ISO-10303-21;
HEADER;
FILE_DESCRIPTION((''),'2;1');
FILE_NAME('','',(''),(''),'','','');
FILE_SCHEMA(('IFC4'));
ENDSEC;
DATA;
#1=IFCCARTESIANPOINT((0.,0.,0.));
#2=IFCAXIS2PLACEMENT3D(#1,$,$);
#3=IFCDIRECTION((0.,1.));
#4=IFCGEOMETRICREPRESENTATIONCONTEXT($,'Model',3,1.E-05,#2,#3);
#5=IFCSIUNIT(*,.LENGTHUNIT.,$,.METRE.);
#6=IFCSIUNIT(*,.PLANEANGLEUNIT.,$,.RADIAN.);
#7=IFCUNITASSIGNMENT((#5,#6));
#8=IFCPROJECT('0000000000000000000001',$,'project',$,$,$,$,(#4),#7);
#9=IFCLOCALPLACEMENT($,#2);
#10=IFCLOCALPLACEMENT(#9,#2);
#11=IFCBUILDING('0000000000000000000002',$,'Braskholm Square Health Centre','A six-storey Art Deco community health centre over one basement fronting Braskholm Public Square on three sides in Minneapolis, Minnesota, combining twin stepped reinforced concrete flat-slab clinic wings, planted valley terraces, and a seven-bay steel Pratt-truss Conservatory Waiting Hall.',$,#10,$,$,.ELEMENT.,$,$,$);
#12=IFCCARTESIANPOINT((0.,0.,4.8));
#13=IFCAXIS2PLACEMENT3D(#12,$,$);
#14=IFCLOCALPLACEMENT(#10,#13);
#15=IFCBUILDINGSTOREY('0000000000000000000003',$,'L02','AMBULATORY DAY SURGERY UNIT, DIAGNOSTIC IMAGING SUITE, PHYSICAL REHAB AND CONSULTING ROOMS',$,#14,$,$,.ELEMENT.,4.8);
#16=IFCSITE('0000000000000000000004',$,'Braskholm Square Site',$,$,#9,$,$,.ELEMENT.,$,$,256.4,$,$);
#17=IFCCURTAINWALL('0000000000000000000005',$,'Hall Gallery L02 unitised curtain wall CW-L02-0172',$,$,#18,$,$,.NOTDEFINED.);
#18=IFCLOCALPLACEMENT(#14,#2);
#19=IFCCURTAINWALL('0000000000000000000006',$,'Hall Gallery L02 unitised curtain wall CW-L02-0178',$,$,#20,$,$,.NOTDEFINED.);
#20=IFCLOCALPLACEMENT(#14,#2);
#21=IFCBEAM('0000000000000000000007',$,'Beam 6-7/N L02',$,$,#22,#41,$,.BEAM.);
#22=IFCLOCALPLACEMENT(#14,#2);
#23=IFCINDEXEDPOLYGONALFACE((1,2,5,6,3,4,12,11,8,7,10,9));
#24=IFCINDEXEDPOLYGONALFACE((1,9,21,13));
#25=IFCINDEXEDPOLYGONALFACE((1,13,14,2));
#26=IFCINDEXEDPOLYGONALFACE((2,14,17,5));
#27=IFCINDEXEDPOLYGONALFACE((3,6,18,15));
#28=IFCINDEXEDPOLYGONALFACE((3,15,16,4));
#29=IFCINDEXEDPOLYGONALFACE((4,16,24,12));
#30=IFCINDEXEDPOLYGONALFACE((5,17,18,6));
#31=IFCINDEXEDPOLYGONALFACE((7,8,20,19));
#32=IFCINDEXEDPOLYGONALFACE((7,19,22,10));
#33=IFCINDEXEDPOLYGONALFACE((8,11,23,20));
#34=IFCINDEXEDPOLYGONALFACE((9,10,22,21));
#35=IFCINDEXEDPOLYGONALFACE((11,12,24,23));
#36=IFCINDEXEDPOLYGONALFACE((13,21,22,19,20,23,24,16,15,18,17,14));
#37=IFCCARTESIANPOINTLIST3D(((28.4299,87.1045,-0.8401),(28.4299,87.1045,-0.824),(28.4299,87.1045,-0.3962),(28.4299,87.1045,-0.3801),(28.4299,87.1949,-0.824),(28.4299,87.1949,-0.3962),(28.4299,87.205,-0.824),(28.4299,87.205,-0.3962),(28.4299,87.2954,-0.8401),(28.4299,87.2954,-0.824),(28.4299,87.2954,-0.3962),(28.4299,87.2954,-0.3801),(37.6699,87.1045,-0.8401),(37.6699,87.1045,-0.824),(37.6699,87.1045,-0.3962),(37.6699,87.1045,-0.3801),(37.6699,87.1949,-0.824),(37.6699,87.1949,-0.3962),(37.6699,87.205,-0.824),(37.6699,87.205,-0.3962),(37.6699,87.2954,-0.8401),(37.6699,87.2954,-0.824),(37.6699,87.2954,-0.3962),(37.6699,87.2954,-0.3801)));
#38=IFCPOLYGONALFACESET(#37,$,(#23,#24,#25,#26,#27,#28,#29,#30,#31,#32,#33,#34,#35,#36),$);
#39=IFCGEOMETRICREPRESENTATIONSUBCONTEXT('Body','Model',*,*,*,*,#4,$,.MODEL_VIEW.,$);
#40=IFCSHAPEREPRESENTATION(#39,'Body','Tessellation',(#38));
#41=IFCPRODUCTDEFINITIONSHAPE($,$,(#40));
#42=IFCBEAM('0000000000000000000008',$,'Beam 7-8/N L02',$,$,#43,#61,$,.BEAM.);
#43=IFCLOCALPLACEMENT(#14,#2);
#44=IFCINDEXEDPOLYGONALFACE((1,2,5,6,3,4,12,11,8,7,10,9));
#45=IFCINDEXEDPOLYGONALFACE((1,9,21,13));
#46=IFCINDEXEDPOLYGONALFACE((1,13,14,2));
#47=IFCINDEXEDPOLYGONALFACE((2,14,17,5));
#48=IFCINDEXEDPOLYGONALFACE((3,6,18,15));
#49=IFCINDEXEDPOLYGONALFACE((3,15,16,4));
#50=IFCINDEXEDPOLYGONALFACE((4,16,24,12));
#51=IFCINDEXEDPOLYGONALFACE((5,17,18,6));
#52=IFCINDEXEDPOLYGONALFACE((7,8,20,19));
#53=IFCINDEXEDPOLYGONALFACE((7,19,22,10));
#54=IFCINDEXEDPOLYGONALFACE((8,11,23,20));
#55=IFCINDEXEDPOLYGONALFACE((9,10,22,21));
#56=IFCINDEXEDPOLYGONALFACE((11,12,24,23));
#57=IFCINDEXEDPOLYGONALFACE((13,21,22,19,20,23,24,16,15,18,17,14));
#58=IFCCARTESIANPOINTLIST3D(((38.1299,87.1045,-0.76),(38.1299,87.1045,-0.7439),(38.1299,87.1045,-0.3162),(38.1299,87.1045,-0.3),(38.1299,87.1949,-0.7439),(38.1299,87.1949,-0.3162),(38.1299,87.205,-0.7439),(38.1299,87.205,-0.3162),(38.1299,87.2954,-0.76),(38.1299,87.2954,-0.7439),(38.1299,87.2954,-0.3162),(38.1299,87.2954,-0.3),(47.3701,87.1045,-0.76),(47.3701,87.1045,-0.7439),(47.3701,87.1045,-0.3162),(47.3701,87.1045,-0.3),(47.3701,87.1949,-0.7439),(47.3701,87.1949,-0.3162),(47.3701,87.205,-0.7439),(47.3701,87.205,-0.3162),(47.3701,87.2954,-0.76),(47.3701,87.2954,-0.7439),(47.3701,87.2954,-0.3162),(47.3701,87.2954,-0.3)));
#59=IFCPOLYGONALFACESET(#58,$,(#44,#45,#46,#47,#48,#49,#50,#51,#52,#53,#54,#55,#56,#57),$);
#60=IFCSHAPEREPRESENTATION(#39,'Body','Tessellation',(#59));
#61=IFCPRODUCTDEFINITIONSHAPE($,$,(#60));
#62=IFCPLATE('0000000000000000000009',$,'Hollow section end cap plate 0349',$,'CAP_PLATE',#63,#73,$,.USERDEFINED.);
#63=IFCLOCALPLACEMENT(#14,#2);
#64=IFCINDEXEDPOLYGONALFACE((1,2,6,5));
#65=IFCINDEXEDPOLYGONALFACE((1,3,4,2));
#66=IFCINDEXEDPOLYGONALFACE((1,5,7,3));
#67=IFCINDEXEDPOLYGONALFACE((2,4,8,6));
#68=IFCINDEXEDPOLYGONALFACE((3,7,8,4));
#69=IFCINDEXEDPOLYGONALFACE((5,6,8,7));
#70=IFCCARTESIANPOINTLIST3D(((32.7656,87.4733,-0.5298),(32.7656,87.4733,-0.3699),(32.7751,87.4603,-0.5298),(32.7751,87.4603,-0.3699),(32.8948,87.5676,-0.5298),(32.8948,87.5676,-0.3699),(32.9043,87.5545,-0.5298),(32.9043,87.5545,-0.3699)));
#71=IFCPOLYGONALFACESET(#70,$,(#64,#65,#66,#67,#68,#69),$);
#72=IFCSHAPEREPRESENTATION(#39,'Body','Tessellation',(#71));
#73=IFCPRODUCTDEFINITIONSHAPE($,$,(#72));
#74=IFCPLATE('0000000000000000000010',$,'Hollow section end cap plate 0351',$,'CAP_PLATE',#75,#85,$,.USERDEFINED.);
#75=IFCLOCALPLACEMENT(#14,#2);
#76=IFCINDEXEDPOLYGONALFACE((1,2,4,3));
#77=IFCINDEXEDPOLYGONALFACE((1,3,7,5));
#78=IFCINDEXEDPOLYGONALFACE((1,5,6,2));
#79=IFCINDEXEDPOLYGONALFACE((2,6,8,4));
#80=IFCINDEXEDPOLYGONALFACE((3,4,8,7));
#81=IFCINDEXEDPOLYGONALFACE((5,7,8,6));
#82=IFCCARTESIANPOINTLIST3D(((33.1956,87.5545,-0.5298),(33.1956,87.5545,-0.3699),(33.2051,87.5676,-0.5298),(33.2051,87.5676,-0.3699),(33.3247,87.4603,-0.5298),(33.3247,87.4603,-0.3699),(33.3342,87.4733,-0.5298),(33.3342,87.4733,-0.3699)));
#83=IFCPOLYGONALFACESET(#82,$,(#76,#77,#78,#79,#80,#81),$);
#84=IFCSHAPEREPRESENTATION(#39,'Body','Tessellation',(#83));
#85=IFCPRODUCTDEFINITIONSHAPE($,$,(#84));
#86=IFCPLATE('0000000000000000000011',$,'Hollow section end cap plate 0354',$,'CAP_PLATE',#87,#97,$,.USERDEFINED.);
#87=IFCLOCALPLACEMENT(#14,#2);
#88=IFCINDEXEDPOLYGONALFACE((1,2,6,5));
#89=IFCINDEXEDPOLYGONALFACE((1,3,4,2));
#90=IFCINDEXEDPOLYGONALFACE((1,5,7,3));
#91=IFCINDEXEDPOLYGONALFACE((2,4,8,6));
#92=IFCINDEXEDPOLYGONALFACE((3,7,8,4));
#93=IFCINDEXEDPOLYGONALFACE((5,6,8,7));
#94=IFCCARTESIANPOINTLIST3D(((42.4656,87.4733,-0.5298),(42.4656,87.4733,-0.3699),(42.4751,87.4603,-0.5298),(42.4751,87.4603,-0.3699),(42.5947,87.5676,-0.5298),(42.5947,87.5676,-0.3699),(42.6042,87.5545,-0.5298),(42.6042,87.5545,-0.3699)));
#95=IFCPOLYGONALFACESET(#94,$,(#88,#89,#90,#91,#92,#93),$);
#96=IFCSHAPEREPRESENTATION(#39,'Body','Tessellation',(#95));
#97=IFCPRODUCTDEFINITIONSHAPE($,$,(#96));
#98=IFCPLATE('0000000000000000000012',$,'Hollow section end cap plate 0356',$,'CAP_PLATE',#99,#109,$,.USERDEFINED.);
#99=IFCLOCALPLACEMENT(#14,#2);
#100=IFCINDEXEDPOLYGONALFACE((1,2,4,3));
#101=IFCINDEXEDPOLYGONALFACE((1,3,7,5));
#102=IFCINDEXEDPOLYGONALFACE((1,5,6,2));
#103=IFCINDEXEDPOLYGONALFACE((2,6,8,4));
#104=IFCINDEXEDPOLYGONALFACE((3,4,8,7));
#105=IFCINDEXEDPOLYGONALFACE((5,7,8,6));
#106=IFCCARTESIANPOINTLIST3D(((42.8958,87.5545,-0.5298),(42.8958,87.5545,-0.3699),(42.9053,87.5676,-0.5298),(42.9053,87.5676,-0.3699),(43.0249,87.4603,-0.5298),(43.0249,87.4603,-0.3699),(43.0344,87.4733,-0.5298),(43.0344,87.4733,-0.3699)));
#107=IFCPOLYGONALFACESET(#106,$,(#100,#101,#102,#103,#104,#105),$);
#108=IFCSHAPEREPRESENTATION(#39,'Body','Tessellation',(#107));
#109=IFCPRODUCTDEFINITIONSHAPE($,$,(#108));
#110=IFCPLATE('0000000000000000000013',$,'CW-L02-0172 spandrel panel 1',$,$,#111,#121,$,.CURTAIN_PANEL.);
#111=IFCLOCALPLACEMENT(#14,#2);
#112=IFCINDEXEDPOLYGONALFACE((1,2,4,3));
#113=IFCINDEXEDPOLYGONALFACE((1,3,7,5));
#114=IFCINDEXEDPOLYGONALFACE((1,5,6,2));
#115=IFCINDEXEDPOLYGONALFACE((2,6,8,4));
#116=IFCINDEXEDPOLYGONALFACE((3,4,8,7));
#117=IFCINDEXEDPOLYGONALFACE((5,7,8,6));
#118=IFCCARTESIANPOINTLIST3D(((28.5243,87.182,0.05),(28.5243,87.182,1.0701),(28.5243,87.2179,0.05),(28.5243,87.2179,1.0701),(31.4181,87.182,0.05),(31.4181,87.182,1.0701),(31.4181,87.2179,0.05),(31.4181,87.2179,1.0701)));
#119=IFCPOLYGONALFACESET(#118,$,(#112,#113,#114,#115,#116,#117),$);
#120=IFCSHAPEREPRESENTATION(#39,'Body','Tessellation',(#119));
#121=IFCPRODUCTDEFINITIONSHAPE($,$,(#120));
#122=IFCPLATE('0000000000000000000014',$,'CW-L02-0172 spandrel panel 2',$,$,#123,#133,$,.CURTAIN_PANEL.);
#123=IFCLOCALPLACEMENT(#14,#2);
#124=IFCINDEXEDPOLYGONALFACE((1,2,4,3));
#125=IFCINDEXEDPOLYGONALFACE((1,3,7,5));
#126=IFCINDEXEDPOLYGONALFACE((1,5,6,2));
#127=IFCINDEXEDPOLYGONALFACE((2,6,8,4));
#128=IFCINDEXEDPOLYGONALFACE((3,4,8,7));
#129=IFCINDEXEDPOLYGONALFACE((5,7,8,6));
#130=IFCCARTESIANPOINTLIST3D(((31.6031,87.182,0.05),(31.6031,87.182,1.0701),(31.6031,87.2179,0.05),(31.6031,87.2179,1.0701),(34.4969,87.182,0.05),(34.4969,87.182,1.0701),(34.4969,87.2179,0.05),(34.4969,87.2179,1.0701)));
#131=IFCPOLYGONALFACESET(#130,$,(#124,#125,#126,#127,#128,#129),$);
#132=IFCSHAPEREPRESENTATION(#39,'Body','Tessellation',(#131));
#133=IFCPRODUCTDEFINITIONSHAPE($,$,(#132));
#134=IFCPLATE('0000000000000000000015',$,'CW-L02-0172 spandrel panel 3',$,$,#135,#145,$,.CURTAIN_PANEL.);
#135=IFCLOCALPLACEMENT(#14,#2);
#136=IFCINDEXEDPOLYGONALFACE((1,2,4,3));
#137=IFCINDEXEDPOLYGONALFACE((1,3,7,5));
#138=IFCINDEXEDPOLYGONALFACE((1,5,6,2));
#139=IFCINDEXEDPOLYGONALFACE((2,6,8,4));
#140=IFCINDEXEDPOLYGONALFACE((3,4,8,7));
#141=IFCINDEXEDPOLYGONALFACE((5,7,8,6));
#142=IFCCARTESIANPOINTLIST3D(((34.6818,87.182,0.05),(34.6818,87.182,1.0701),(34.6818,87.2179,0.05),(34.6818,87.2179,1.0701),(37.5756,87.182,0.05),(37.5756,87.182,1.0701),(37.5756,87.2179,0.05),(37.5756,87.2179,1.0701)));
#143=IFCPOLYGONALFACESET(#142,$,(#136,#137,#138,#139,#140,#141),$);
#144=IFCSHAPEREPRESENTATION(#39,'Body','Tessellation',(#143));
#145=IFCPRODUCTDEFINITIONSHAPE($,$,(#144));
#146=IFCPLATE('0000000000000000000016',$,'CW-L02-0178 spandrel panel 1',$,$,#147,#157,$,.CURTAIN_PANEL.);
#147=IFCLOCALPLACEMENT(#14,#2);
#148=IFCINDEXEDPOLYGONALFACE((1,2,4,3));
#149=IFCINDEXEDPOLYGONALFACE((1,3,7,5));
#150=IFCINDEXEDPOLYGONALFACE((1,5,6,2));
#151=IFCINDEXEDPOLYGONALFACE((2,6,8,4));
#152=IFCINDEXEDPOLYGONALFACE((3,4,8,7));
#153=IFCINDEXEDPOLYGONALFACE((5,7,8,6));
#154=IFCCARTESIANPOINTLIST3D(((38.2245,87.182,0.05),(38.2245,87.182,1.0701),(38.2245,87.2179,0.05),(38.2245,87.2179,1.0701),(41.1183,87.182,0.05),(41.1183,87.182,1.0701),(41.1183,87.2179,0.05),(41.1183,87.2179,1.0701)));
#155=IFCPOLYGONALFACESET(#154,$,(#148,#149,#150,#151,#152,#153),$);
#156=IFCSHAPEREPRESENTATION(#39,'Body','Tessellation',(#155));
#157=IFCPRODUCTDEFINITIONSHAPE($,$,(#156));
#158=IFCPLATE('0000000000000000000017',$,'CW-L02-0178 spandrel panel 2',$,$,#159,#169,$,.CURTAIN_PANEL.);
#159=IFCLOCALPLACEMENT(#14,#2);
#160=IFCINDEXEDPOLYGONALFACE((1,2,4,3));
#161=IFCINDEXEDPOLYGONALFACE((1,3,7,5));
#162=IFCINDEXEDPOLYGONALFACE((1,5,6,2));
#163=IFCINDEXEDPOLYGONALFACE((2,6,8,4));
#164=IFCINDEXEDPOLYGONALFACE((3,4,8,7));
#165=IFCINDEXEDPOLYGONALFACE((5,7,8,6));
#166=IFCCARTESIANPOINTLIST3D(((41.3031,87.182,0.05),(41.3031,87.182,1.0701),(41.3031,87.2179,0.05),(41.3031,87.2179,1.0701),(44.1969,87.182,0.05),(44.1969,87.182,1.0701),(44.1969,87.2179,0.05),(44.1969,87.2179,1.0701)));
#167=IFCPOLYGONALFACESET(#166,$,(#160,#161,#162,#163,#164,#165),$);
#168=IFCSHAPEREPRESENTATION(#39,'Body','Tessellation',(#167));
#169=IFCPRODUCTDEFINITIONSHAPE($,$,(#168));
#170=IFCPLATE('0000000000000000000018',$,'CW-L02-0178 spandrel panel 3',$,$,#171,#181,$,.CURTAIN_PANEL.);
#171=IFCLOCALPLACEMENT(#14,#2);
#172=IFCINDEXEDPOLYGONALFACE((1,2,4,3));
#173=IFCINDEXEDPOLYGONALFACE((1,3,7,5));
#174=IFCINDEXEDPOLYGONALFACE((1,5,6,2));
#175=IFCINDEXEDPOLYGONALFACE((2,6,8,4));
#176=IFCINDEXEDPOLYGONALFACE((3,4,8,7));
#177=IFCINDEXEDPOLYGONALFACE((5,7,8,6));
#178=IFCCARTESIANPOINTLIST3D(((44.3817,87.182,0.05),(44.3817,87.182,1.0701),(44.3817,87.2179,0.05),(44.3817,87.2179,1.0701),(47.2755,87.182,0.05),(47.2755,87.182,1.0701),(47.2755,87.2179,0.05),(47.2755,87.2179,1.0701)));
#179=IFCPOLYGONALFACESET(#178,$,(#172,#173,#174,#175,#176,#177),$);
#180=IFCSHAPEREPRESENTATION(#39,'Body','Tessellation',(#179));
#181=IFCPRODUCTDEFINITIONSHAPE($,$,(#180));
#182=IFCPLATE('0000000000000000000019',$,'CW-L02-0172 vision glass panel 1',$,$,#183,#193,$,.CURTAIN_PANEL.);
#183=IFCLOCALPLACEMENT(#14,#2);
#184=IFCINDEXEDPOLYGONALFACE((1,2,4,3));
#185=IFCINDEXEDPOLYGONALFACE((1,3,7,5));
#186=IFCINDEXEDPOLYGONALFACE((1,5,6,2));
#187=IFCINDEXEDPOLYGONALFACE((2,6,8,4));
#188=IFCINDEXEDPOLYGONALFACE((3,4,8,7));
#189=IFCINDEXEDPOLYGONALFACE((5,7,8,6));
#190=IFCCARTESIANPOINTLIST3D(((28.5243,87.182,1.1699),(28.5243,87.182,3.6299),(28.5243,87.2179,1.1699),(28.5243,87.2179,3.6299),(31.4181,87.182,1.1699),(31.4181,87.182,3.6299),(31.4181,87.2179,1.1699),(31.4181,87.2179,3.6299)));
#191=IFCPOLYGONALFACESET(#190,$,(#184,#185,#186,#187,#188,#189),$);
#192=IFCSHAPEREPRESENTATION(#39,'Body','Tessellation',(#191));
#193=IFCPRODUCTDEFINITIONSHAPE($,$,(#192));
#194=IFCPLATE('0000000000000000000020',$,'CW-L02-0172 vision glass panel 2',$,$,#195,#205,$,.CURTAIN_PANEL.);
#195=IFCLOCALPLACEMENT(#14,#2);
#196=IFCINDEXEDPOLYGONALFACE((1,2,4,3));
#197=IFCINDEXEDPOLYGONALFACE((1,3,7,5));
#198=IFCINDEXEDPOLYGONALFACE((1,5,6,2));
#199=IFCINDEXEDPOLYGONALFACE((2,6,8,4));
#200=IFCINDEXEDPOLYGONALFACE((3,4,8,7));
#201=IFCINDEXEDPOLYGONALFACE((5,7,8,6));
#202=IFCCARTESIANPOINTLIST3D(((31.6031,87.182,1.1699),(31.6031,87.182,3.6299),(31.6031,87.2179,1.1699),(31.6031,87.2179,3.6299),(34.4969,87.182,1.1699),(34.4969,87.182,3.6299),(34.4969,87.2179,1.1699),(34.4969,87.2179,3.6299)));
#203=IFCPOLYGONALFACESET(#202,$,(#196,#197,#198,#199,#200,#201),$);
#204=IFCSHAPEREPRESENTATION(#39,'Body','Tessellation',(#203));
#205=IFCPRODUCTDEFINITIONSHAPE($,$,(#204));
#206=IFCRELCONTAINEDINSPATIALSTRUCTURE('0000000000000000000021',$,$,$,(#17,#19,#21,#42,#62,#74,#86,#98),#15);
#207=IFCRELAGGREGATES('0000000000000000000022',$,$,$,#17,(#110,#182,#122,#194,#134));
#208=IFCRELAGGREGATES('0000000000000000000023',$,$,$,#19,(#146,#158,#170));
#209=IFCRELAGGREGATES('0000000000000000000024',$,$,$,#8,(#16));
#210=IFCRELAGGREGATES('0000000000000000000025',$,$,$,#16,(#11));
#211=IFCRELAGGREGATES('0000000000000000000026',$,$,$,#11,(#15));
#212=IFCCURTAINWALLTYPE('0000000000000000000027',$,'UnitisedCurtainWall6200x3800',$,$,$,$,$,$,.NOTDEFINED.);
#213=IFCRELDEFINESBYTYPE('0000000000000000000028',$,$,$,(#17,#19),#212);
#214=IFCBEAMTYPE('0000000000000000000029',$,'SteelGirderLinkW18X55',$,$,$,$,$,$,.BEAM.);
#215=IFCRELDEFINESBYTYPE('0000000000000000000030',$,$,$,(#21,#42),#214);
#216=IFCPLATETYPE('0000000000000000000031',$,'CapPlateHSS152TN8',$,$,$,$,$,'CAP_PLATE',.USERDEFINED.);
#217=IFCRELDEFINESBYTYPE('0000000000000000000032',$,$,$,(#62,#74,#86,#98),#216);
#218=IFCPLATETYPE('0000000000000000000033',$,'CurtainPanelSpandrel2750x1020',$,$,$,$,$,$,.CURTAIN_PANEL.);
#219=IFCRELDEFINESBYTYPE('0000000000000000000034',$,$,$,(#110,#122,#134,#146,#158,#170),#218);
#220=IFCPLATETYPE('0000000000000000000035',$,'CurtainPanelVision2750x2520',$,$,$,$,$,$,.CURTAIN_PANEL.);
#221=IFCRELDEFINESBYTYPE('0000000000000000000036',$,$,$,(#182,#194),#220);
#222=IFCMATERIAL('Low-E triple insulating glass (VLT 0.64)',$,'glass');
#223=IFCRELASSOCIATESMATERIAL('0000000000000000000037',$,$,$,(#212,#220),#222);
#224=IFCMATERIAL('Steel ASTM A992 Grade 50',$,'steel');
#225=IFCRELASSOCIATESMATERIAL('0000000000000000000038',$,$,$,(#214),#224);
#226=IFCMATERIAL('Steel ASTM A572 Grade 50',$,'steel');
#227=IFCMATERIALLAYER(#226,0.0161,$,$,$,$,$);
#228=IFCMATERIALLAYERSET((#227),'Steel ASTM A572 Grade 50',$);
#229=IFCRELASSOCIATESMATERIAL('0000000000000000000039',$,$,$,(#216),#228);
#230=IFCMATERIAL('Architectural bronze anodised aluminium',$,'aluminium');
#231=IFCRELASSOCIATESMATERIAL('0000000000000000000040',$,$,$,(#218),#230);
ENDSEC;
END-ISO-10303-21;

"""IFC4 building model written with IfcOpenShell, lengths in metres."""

from ifc_helpers import new_model, si_unit, direction, frame, origin, origin_2d, place, context, subcontext, project, spatial, rectangle, i_section, extrude, material, layer, layer_set, material_profile, profile_set, type_object, element, aggregate, save


model = new_model("IFC4")

# Units and contexts
model_context = context("Model", 3, precision=1e-05, world=origin(), true_north=direction((0.0, 1.0)))
body_context = subcontext(model_context, "Body", "Model", "MODEL_VIEW")
ifc_project = project(units=[si_unit("LENGTHUNIT", "METRE"), si_unit("PLANEANGLEUNIT", "RADIAN")], contexts=[model_context])

# Site, building, storey
site_placement = place(None, origin())
site = spatial("IfcSite", under=ifc_project, at=site_placement, Name="Braskholm Square Site", CompositionType="ELEMENT", RefElevation=256.4)
building_placement = place(site_placement, origin())
building = spatial("IfcBuilding", under=site, at=building_placement, Name="Braskholm Square Health Centre", Description="A six-storey Art Deco community health centre over one basement fronting Braskholm Public Square on three sides in Minneapolis, Minnesota, combining twin stepped reinforced concrete flat-slab clinic wings, planted valley terraces, and a seven-bay steel Pratt-truss Conservatory Waiting Hall.", CompositionType="ELEMENT")
storey_placement = place(building_placement, frame((0.0, 0.0, 4.8)))
storey = spatial("IfcBuildingStorey", under=building, at=storey_placement, Name="L02", Description="AMBULATORY DAY SURGERY UNIT, DIAGNOSTIC IMAGING SUITE, PHYSICAL REHAB AND CONSULTING ROOMS", CompositionType="ELEMENT", Elevation=4.8)

# Curtain walls
ifc_material_1 = material(Name="Low-E triple insulating glass (VLT 0.64)", Category="glass")
curtain_wall_type = type_object("IfcCurtainWallType", Name="UnitisedCurtainWall6200x3800", PredefinedType="NOTDEFINED", material=ifc_material_1)
curtain_wall_1_placement = place(storey_placement, origin())
curtain_wall_1 = element("IfcCurtainWall", 1, at=curtain_wall_1_placement, inside=storey, type_object=curtain_wall_type, Name="Hall Gallery L02 unitised curtain wall CW-L02-0172", PredefinedType="NOTDEFINED")
ifc_material_2 = material(Name="Architectural bronze anodised aluminium", Category="aluminium")
curtain_wall_2_placement = place(storey_placement, origin())
curtain_wall_2 = element("IfcCurtainWall", 2, at=curtain_wall_2_placement, inside=storey, type_object=curtain_wall_type, Name="Hall Gallery L02 unitised curtain wall CW-L02-0178", PredefinedType="NOTDEFINED")

# Beams
ifc_material_3 = material(Name="Steel ASTM A992 Grade 50", Category="steel")
ifc_material_profile_1 = material_profile(ifc_material_3, i_section(OverallWidth=0.1909, OverallDepth=0.46, WebThickness=0.01, FlangeThickness=0.0161, at=origin_2d()), Name="W18X55")
ifc_profile_set_1 = profile_set([ifc_material_profile_1], Name="Steel ASTM A992 Grade 50")
beam_type_1 = type_object("IfcBeamType", Name="SteelGirderLinkW18X55", PredefinedType="BEAM", material=ifc_profile_set_1)
beam_1_placement = place(storey_placement, frame((28.4299, 87.2, -0.6101), z_axis=(1.0, 0.0, 0.0), x_axis=(0.0, 1.0, 0.0)))
element("IfcBeam", 3, at=beam_1_placement, inside=storey, type_object=beam_type_1, Name="Beam 6-7/N L02", PredefinedType="BEAM", context=body_context, shape_type="SweptSolid", body=[
    extrude(i_section(OverallWidth=0.1909, OverallDepth=0.46, WebThickness=0.01, FlangeThickness=0.0161, at=origin_2d()), origin(), (0.0, 0.0, 1.0), 9.24),
])
beam_2_placement = place(storey_placement, frame((38.1299, 87.2, -0.53), z_axis=(1.0, 0.0, 0.0), x_axis=(0.0, 1.0, 0.0)))
element("IfcBeam", 4, at=beam_2_placement, inside=storey, type_object=beam_type_1, Name="Beam 7-8/N L02", PredefinedType="BEAM", context=body_context, shape_type="SweptSolid", body=[
    extrude(i_section(OverallWidth=0.1909, OverallDepth=0.46, WebThickness=0.01, FlangeThickness=0.0161, at=origin_2d()), origin(), (0.0, 0.0, 1.0), 9.2402),
])

# Plates
ifc_material_4 = material(Name="Steel ASTM A572 Grade 50", Category="steel")
ifc_layer_1 = layer(ifc_material_4, 0.0161)
ifc_layer_set_1 = layer_set([ifc_layer_1], Name="Steel ASTM A572 Grade 50")
plate_type_1 = type_object("IfcPlateType", Name="CapPlateHSS152TN8", ElementType="CAP_PLATE", PredefinedType="USERDEFINED", material=ifc_layer_set_1)
for number, where, z_axis, x_axis, name in (
    (5, (32.835, 87.5139, -0.5298), (0.0, 0.0, 1.0), (0.589535, -0.807743, 0.0), "Hollow section end cap plate 0349"),
    (6, (33.2649, 87.5139, -0.5298), (0.0, 0.0, 1.0), (-0.589535, -0.807743, 0.0), "Hollow section end cap plate 0351"),
    (7, (42.5349, 87.5139, -0.5298), (0.0, 0.0, 1.0), (0.589535, -0.807743, 0.0), "Hollow section end cap plate 0354"),
    (8, (42.9651, 87.5139, -0.5298), (0.0, 0.0, 1.0), (-0.589535, -0.807743, 0.0), "Hollow section end cap plate 0356"),
):
    element("IfcPlate", number, at=place(storey_placement, frame(where, z_axis=z_axis, x_axis=x_axis)), inside=storey, type_object=plate_type_1, Name=name, ObjectType="CAP_PLATE", PredefinedType="USERDEFINED", context=body_context, shape_type="SweptSolid", body=[
        extrude(rectangle(XDim=0.0161, YDim=0.1599, at=origin_2d()), origin(), (0.0, 0.0, 1.0), 0.1599),
    ])

# Plates
plate_type_2 = type_object("IfcPlateType", Name="CurtainPanelSpandrel2750x1020", PredefinedType="CURTAIN_PANEL", material=ifc_material_2)
plate_1_placement = place(storey_placement, frame((29.9712, 87.2, 0.05), z_axis=(0.0, 0.0, 1.0), x_axis=(1.0, 0.0, 0.0)))
plate_1 = element("IfcPlate", 9, at=plate_1_placement, type_object=plate_type_2, Name="CW-L02-0172 spandrel panel 1", PredefinedType="CURTAIN_PANEL", context=body_context, shape_type="SweptSolid", body=[
    extrude(rectangle(XDim=2.8938, YDim=0.0359, at=origin_2d()), origin(), (0.0, 0.0, 1.0), 1.02),
])
plate_2_placement = place(storey_placement, frame((33.05, 87.2, 0.05), z_axis=(0.0, 0.0, 1.0), x_axis=(1.0, 0.0, 0.0)))
plate_2 = element("IfcPlate", 10, at=plate_2_placement, type_object=plate_type_2, Name="CW-L02-0172 spandrel panel 2", PredefinedType="CURTAIN_PANEL", context=body_context, shape_type="SweptSolid", body=[
    extrude(rectangle(XDim=2.8938, YDim=0.0359, at=origin_2d()), origin(), (0.0, 0.0, 1.0), 1.02),
])
plate_3_placement = place(storey_placement, frame((36.1287, 87.2, 0.05), z_axis=(0.0, 0.0, 1.0), x_axis=(1.0, 0.0, 0.0)))
plate_3 = element("IfcPlate", 11, at=plate_3_placement, type_object=plate_type_2, Name="CW-L02-0172 spandrel panel 3", PredefinedType="CURTAIN_PANEL", context=body_context, shape_type="SweptSolid", body=[
    extrude(rectangle(XDim=2.8938, YDim=0.0359, at=origin_2d()), origin(), (0.0, 0.0, 1.0), 1.02),
])
plate_4_placement = place(storey_placement, frame((39.6714, 87.2, 0.05), z_axis=(0.0, 0.0, 1.0), x_axis=(1.0, 0.0, 0.0)))
plate_4 = element("IfcPlate", 12, at=plate_4_placement, type_object=plate_type_2, Name="CW-L02-0178 spandrel panel 1", PredefinedType="CURTAIN_PANEL", context=body_context, shape_type="SweptSolid", body=[
    extrude(rectangle(XDim=2.8938, YDim=0.0359, at=origin_2d()), origin(), (0.0, 0.0, 1.0), 1.02),
])
plate_5_placement = place(storey_placement, frame((42.75, 87.2, 0.05), z_axis=(0.0, 0.0, 1.0), x_axis=(1.0, 0.0, 0.0)))
plate_5 = element("IfcPlate", 13, at=plate_5_placement, type_object=plate_type_2, Name="CW-L02-0178 spandrel panel 2", PredefinedType="CURTAIN_PANEL", context=body_context, shape_type="SweptSolid", body=[
    extrude(rectangle(XDim=2.8938, YDim=0.0359, at=origin_2d()), origin(), (0.0, 0.0, 1.0), 1.02),
])
plate_6_placement = place(storey_placement, frame((45.8286, 87.2, 0.05), z_axis=(0.0, 0.0, 1.0), x_axis=(1.0, 0.0, 0.0)))
plate_6 = element("IfcPlate", 14, at=plate_6_placement, type_object=plate_type_2, Name="CW-L02-0178 spandrel panel 3", PredefinedType="CURTAIN_PANEL", context=body_context, shape_type="SweptSolid", body=[
    extrude(rectangle(XDim=2.8938, YDim=0.0359, at=origin_2d()), origin(), (0.0, 0.0, 1.0), 1.02),
])
plate_type_3 = type_object("IfcPlateType", Name="CurtainPanelVision2750x2520", PredefinedType="CURTAIN_PANEL", material=ifc_material_1)
plate_7_placement = place(storey_placement, frame((29.9712, 87.2, 1.1699), z_axis=(0.0, 0.0, 1.0), x_axis=(1.0, 0.0, 0.0)))
plate_7 = element("IfcPlate", 15, at=plate_7_placement, type_object=plate_type_3, Name="CW-L02-0172 vision glass panel 1", PredefinedType="CURTAIN_PANEL", context=body_context, shape_type="SweptSolid", body=[
    extrude(rectangle(XDim=2.8938, YDim=0.0359, at=origin_2d()), origin(), (0.0, 0.0, 1.0), 2.46),
])
plate_8_placement = place(storey_placement, frame((33.05, 87.2, 1.1699), z_axis=(0.0, 0.0, 1.0), x_axis=(1.0, 0.0, 0.0)))
plate_8 = element("IfcPlate", 16, at=plate_8_placement, type_object=plate_type_3, Name="CW-L02-0172 vision glass panel 2", PredefinedType="CURTAIN_PANEL", context=body_context, shape_type="SweptSolid", body=[
    extrude(rectangle(XDim=2.8938, YDim=0.0359, at=origin_2d()), origin(), (0.0, 0.0, 1.0), 2.46),
])
aggregate(curtain_wall_1, [plate_1, plate_7, plate_2, plate_8, plate_3])
aggregate(curtain_wall_2, [plate_4, plate_5, plate_6])

save(model, "model.ifc")
